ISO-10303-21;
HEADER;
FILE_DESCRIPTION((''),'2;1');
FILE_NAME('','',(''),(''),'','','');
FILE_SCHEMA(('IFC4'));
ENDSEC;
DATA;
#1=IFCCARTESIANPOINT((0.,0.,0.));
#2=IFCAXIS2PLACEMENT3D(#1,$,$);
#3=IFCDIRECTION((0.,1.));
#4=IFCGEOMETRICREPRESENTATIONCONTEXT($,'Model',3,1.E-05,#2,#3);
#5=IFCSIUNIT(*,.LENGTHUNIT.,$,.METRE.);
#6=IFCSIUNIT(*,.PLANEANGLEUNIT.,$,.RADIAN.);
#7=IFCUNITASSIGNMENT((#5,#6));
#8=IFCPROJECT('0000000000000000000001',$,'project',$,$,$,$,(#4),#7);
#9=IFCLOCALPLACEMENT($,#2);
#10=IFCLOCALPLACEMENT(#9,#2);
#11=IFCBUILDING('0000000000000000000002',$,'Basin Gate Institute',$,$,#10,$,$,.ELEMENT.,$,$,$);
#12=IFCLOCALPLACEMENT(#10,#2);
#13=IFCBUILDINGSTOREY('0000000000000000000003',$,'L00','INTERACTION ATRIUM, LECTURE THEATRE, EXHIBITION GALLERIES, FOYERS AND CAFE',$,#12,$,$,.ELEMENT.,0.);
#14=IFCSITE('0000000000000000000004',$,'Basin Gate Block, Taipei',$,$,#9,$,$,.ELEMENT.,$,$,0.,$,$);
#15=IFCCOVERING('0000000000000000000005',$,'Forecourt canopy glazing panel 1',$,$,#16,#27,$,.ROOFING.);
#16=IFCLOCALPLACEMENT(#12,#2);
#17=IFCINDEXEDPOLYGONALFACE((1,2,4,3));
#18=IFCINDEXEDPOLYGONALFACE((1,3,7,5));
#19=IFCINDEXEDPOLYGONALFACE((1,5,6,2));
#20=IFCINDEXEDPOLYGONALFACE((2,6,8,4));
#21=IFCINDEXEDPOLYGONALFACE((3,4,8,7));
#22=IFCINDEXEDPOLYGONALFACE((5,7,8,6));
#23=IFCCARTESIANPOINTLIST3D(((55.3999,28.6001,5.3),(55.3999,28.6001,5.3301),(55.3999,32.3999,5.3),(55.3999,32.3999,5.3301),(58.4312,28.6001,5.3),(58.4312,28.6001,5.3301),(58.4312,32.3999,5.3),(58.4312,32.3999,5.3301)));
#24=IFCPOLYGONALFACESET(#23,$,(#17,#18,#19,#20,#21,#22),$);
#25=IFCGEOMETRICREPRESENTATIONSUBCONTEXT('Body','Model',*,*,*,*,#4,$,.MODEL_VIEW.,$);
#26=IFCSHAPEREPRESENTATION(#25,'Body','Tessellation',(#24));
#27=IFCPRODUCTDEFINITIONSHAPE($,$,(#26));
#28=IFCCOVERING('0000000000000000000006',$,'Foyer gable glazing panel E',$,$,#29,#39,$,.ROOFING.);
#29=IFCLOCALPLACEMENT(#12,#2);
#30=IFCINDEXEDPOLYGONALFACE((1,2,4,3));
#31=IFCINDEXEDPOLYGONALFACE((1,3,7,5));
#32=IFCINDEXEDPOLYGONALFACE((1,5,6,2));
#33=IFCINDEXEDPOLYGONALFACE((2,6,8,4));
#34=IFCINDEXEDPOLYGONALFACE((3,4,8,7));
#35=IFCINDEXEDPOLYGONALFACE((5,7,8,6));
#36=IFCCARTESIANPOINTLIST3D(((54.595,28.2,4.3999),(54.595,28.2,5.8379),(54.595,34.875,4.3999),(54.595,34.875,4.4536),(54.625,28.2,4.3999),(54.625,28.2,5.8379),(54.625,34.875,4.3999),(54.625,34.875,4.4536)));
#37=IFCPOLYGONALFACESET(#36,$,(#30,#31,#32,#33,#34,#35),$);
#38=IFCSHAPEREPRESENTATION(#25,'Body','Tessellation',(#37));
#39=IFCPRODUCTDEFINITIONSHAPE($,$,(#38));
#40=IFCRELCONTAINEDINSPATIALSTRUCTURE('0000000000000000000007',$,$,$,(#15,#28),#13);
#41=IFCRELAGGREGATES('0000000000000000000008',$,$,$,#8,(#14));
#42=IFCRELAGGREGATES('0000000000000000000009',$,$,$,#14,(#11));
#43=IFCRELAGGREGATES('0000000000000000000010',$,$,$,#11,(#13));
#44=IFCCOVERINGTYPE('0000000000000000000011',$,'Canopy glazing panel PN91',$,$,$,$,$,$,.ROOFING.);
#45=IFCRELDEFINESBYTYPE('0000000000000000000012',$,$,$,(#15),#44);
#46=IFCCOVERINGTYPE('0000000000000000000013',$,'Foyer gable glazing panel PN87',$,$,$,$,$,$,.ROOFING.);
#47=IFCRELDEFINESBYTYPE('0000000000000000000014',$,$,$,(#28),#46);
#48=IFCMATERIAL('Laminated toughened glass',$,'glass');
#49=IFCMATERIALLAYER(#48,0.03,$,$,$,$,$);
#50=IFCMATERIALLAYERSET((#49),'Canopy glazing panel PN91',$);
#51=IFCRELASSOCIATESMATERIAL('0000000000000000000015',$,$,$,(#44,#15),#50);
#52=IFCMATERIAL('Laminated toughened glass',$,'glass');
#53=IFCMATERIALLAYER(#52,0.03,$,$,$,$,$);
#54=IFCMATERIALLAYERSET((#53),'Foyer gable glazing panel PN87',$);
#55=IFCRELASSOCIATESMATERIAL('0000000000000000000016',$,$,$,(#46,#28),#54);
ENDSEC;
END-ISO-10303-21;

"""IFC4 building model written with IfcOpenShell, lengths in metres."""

from ifc_helpers import new_model, si_unit, direction, frame, origin, place, context, subcontext, project, spatial, polyline, outline, extrude, material, layer, layer_set, type_object, element, save


model = new_model("IFC4")

# Units and contexts
model_context = context("Model", 3, precision=1e-05, world=origin(), true_north=direction((0.0, 1.0)))
body_context = subcontext(model_context, "Body", "Model", "MODEL_VIEW")
ifc_project = project(units=[si_unit("LENGTHUNIT", "METRE"), si_unit("PLANEANGLEUNIT", "RADIAN")], contexts=[model_context])

# Site, building, storey
site_placement = place(None, origin())
site = spatial("IfcSite", under=ifc_project, at=site_placement, Name="Basin Gate Block, Taipei", CompositionType="ELEMENT", RefElevation=0.0)
building_placement = place(site_placement, origin())
building = spatial("IfcBuilding", under=site, at=building_placement, Name="Basin Gate Institute", CompositionType="ELEMENT")
storey_placement = place(building_placement, origin())
storey = spatial("IfcBuildingStorey", under=building, at=storey_placement, Name="L00", Description="INTERACTION ATRIUM, LECTURE THEATRE, EXHIBITION GALLERIES, FOYERS AND CAFE", CompositionType="ELEMENT", Elevation=0.0)

# Coverings
ifc_material_1 = material(Name="Laminated toughened glass", Category="glass")
ifc_layer_1 = layer(ifc_material_1, 0.03)
ifc_layer_set_1 = layer_set([ifc_layer_1], Name="Canopy glazing panel PN91")
covering_type_1 = type_object("IfcCoveringType", Name="Canopy glazing panel PN91", PredefinedType="ROOFING", material=ifc_layer_set_1)
covering_1_placement = place(storey_placement, frame((55.3999, 28.6001, 5.3301), z_axis=(0.0, 0.0, 1.0), x_axis=(1.0, 0.0, 0.0)))
element("IfcCovering", 1, at=covering_1_placement, inside=storey, type_object=covering_type_1, material=ifc_layer_set_1, Name="Forecourt canopy glazing panel 1", PredefinedType="ROOFING", context=body_context, shape_type="SweptSolid", body=[
    extrude(outline(polyline([(0.0, 0.0), (3.0312, 0.0), (3.0312, 3.7998), (0.0, 3.7998), (0.0, 0.0)])), origin(), (0.0, 0.0, -1.0), 0.03),
])
ifc_material_2 = material(Name="Laminated toughened glass", Category="glass")
ifc_layer_2 = layer(ifc_material_2, 0.03)
ifc_layer_set_2 = layer_set([ifc_layer_2], Name="Foyer gable glazing panel PN87")
covering_type_2 = type_object("IfcCoveringType", Name="Foyer gable glazing panel PN87", PredefinedType="ROOFING", material=ifc_layer_set_2)
covering_2_placement = place(storey_placement, frame((54.625, 28.2, 4.3999), z_axis=(1.0, 0.0, 0.0), x_axis=(0.0, 1.0, 0.0)))
element("IfcCovering", 2, at=covering_2_placement, inside=storey, type_object=covering_type_2, material=ifc_layer_set_2, Name="Foyer gable glazing panel E", PredefinedType="ROOFING", context=body_context, shape_type="SweptSolid", body=[
    extrude(outline(polyline([(0.0, 0.0), (6.675, 0.0), (6.675, 0.0537), (0.0, 1.438), (0.0, 0.0)])), origin(), (0.0, 0.0, -1.0), 0.03),
])

save(model, "model.ifc")
